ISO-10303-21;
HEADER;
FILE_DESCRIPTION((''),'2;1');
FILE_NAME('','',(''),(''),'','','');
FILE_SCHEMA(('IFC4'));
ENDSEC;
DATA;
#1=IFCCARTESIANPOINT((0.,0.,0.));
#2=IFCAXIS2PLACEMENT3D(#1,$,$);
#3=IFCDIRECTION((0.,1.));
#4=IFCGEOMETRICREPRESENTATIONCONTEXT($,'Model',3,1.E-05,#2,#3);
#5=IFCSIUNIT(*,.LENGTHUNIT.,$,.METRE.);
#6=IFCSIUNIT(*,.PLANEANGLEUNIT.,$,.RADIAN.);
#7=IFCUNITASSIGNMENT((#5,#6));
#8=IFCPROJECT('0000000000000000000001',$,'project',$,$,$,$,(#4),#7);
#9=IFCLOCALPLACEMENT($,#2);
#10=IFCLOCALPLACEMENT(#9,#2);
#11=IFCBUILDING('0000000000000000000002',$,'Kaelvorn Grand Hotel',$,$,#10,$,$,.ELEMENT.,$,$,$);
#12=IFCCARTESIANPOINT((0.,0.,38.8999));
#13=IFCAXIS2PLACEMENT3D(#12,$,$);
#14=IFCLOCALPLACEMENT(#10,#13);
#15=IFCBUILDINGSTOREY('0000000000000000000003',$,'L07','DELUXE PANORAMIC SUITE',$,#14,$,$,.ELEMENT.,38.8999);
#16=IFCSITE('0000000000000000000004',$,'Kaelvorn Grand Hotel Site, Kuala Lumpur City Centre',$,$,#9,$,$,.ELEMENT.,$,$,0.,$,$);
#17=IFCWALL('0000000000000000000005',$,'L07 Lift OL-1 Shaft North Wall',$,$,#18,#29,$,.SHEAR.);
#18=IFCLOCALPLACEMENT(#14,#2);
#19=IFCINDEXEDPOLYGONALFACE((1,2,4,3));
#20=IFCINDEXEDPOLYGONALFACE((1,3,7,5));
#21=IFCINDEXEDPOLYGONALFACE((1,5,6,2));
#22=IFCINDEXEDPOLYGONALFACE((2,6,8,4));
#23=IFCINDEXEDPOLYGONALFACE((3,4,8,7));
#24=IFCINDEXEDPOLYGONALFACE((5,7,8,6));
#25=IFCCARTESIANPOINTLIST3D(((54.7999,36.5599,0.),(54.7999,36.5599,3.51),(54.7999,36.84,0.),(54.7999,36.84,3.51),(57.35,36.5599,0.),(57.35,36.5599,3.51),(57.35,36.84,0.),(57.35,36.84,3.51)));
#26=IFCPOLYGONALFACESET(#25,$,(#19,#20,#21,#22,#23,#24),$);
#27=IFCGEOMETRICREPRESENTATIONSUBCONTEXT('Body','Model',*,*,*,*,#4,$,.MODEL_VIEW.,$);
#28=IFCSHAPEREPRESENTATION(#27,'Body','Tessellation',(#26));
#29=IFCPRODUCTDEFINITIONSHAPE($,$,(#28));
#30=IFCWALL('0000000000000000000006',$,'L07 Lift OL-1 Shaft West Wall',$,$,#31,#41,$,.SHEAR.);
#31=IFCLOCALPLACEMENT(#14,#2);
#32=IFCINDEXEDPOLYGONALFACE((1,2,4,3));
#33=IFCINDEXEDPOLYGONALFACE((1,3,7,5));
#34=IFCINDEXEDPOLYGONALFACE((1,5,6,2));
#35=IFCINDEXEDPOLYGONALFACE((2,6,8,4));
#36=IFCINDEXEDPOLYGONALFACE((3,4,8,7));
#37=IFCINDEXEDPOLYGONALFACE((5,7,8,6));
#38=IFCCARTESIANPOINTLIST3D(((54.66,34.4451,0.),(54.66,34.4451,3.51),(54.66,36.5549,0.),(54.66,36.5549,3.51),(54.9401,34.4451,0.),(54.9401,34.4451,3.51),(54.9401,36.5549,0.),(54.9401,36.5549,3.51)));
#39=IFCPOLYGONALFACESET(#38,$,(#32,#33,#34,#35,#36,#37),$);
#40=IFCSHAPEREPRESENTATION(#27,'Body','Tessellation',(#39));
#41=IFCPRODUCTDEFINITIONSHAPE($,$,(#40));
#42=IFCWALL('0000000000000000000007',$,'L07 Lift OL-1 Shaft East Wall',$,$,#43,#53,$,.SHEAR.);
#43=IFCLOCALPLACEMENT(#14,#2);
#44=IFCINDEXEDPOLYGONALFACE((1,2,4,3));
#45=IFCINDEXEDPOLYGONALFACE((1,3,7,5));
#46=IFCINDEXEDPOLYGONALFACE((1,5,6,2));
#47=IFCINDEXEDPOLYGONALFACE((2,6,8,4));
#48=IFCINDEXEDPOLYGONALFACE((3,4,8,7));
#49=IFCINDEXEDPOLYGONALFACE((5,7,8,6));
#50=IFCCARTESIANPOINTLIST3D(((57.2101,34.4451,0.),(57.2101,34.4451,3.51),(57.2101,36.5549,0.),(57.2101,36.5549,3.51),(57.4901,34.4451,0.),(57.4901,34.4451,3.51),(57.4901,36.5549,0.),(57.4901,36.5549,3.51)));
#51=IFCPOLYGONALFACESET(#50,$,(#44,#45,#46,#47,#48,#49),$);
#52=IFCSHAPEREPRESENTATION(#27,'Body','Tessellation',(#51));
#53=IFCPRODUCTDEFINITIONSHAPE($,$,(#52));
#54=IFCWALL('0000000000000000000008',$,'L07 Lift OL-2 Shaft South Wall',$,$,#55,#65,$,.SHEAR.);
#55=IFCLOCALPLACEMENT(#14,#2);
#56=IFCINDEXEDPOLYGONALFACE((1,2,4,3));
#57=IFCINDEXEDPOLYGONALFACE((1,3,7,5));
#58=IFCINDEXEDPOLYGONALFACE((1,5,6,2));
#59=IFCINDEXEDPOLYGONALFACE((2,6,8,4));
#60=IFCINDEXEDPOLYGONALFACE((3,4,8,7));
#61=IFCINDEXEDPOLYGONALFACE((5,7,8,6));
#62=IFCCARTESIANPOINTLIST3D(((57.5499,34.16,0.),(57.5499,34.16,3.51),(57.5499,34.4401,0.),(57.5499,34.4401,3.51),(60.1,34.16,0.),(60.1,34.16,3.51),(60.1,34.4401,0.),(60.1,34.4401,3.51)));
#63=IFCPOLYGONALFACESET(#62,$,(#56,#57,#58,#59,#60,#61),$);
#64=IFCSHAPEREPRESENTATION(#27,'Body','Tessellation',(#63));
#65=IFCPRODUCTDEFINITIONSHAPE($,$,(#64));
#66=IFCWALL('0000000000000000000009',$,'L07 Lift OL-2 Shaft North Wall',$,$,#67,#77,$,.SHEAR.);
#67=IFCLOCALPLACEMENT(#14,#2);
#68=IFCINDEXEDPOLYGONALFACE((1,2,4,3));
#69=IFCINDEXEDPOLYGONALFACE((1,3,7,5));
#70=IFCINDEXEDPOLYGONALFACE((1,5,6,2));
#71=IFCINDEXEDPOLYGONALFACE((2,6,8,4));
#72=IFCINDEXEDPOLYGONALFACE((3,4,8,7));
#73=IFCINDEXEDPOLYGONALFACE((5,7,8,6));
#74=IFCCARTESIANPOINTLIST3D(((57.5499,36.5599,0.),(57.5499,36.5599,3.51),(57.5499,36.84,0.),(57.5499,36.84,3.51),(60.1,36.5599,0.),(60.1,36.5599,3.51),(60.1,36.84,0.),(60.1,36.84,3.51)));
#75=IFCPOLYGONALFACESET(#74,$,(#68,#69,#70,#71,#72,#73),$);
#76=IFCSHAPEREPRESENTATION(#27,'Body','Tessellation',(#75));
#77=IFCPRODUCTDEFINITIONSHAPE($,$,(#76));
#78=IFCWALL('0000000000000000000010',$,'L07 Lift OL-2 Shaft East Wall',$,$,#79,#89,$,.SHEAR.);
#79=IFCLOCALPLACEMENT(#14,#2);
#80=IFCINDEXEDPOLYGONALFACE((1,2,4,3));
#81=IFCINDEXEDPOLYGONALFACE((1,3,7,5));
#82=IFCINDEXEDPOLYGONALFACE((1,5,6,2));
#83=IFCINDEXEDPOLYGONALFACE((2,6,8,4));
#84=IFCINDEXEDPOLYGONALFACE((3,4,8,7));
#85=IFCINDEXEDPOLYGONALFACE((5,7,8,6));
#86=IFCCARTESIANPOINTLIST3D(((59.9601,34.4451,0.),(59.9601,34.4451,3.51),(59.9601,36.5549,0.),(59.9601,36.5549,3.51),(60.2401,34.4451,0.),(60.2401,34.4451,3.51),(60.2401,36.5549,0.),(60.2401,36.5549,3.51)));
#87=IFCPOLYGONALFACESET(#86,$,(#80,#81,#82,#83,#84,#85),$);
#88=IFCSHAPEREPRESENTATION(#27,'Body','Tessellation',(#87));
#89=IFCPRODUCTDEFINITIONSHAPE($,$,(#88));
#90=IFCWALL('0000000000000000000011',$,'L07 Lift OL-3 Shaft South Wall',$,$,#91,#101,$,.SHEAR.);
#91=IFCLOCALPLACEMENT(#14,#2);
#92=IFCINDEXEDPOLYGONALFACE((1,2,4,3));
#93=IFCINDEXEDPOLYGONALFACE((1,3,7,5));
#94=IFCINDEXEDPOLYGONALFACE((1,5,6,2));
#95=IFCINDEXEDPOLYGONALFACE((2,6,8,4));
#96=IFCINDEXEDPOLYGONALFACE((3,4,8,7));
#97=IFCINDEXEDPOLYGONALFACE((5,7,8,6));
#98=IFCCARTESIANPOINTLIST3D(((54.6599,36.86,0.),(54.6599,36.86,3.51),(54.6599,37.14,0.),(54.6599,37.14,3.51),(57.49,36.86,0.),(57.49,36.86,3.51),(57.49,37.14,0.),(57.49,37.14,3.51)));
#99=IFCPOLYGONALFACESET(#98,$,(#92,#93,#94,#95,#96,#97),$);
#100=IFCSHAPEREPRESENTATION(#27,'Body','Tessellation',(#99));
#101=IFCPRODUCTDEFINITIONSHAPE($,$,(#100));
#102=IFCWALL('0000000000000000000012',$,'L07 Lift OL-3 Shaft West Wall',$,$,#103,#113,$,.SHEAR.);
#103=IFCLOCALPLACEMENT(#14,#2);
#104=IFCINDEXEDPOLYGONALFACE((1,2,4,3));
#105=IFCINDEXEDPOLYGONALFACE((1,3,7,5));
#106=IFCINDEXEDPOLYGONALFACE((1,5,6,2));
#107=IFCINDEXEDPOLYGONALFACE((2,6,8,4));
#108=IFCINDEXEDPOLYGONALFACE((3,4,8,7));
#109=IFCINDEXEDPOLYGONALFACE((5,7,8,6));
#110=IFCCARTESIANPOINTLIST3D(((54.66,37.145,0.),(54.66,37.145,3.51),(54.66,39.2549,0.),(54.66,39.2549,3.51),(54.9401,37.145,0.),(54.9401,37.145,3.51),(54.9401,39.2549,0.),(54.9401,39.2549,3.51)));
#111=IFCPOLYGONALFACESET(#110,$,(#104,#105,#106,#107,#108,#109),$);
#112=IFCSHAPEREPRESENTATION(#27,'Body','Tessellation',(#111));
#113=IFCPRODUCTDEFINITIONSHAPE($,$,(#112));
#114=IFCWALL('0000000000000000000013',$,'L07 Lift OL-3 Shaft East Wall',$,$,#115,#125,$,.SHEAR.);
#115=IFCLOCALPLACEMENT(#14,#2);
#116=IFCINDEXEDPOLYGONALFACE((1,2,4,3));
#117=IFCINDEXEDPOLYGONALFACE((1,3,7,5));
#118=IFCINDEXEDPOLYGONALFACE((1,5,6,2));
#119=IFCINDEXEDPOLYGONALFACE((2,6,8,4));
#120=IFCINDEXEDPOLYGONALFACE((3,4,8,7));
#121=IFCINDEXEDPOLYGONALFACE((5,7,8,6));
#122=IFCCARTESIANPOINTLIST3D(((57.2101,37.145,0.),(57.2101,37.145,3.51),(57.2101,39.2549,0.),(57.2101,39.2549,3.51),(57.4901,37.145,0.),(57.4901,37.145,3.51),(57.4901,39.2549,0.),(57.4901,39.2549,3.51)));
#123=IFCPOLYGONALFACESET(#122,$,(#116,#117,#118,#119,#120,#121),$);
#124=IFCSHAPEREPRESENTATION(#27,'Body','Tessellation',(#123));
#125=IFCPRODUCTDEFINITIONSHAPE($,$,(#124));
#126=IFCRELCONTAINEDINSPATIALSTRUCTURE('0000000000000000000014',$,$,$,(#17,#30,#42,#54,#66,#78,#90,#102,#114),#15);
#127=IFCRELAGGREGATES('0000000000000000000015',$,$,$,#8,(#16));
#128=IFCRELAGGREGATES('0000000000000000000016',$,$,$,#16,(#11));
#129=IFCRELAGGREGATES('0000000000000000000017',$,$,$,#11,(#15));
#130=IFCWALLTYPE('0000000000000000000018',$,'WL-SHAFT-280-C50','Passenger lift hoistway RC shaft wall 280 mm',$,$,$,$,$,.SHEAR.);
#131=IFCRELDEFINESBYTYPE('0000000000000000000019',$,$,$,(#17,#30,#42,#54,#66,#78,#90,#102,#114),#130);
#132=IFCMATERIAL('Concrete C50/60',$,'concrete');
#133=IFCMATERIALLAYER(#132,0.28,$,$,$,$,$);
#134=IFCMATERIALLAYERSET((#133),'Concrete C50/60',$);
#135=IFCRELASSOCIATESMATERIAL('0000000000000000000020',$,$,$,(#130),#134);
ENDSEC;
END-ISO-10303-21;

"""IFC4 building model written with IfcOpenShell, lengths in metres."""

from ifc_helpers import new_model, si_unit, direction, frame, frame_2d, origin, place, context, subcontext, project, spatial, rectangle, extrude, material, layer, layer_set, type_object, element, save


model = new_model("IFC4")

# Units and contexts
model_context = context("Model", 3, precision=1e-05, world=origin(), true_north=direction((0.0, 1.0)))
body_context = subcontext(model_context, "Body", "Model", "MODEL_VIEW")
ifc_project = project(units=[si_unit("LENGTHUNIT", "METRE"), si_unit("PLANEANGLEUNIT", "RADIAN")], contexts=[model_context])

# Site, building, storey
site_placement = place(None, origin())
site = spatial("IfcSite", under=ifc_project, at=site_placement, Name="Kaelvorn Grand Hotel Site, Kuala Lumpur City Centre", CompositionType="ELEMENT", RefElevation=0.0)
building_placement = place(site_placement, origin())
building = spatial("IfcBuilding", under=site, at=building_placement, Name="Kaelvorn Grand Hotel", CompositionType="ELEMENT")
storey_placement = place(building_placement, frame((0.0, 0.0, 38.8999)))
storey = spatial("IfcBuildingStorey", under=building, at=storey_placement, Name="L07", Description="DELUXE PANORAMIC SUITE", CompositionType="ELEMENT", Elevation=38.8999)

# Walls
ifc_material_1 = material(Name="Concrete C50/60", Category="concrete")
ifc_layer_1 = layer(ifc_material_1, 0.28)
ifc_layer_set_1 = layer_set([ifc_layer_1], Name="Concrete C50/60")
wall_type_1 = type_object("IfcWallType", Name="WL-SHAFT-280-C50", Description="Passenger lift hoistway RC shaft wall 280 mm", PredefinedType="SHEAR", material=ifc_layer_set_1)
for number, where, z_axis, x_axis, name in (
    (1, (54.8, 36.7, 0.0), (0.0, 0.0, 1.0), (1.0, 0.0, 0.0), "L07 Lift OL-1 Shaft North Wall"),
):
    element("IfcWall", number, at=place(storey_placement, frame(where, z_axis=z_axis, x_axis=x_axis)), inside=storey, type_object=wall_type_1, Name=name, PredefinedType="SHEAR", context=body_context, shape_type="SweptSolid", body=[
        extrude(rectangle(XDim=2.55, YDim=0.28, at=frame_2d((1.2749, 0.0))), origin(), (0.0, 0.0, 1.0), 3.51),
    ])
for number, where, z_axis, x_axis, name in (
    (2, (54.8, 34.4451, 0.0), (0.0, 0.0, 1.0), (0.0, 1.0, 0.0), "L07 Lift OL-1 Shaft West Wall"),
    (3, (57.3501, 34.4451, 0.0), (0.0, 0.0, 1.0), (0.0, 1.0, 0.0), "L07 Lift OL-1 Shaft East Wall"),
):
    element("IfcWall", number, at=place(storey_placement, frame(where, z_axis=z_axis, x_axis=x_axis)), inside=storey, type_object=wall_type_1, Name=name, PredefinedType="SHEAR", context=body_context, shape_type="SweptSolid", body=[
        extrude(rectangle(XDim=2.1099, YDim=0.28, at=frame_2d((1.0549, 0.0))), origin(), (0.0, 0.0, 1.0), 3.51),
    ])
for number, where, z_axis, x_axis, name in (
    (4, (57.55, 34.3, 0.0), (0.0, 0.0, 1.0), (1.0, 0.0, 0.0), "L07 Lift OL-2 Shaft South Wall"),
    (5, (57.55, 36.7, 0.0), (0.0, 0.0, 1.0), (1.0, 0.0, 0.0), "L07 Lift OL-2 Shaft North Wall"),
):
    element("IfcWall", number, at=place(storey_placement, frame(where, z_axis=z_axis, x_axis=x_axis)), inside=storey, type_object=wall_type_1, Name=name, PredefinedType="SHEAR", context=body_context, shape_type="SweptSolid", body=[
        extrude(rectangle(XDim=2.55, YDim=0.28, at=frame_2d((1.2749, 0.0))), origin(), (0.0, 0.0, 1.0), 3.51),
    ])
wall_1_placement = place(storey_placement, frame((60.1001, 34.4451, 0.0), z_axis=(0.0, 0.0, 1.0), x_axis=(0.0, 1.0, 0.0)))
element("IfcWall", 6, at=wall_1_placement, inside=storey, type_object=wall_type_1, Name="L07 Lift OL-2 Shaft East Wall", PredefinedType="SHEAR", context=body_context, shape_type="SweptSolid", body=[
    extrude(rectangle(XDim=2.1099, YDim=0.28, at=frame_2d((1.0549, 0.0))), origin(), (0.0, 0.0, 1.0), 3.51),
])
wall_2_placement = place(storey_placement, frame((54.6599, 37.0, 0.0), z_axis=(0.0, 0.0, 1.0), x_axis=(1.0, 0.0, 0.0)))
element("IfcWall", 7, at=wall_2_placement, inside=storey, type_object=wall_type_1, Name="L07 Lift OL-3 Shaft South Wall", PredefinedType="SHEAR", context=body_context, shape_type="SweptSolid", body=[
    extrude(rectangle(XDim=2.8301, YDim=0.28, at=frame_2d((1.415, 0.0))), origin(), (0.0, 0.0, 1.0), 3.51),
])
for number, where, z_axis, x_axis, name in (
    (8, (54.8, 37.145, 0.0), (0.0, 0.0, 1.0), (0.0, 1.0, 0.0), "L07 Lift OL-3 Shaft West Wall"),
    (9, (57.3501, 37.145, 0.0), (0.0, 0.0, 1.0), (0.0, 1.0, 0.0), "L07 Lift OL-3 Shaft East Wall"),
):
    element("IfcWall", number, at=place(storey_placement, frame(where, z_axis=z_axis, x_axis=x_axis)), inside=storey, type_object=wall_type_1, Name=name, PredefinedType="SHEAR", context=body_context, shape_type="SweptSolid", body=[
        extrude(rectangle(XDim=2.1099, YDim=0.28, at=frame_2d((1.0549, 0.0))), origin(), (0.0, 0.0, 1.0), 3.51),
    ])

save(model, "model.ifc")
